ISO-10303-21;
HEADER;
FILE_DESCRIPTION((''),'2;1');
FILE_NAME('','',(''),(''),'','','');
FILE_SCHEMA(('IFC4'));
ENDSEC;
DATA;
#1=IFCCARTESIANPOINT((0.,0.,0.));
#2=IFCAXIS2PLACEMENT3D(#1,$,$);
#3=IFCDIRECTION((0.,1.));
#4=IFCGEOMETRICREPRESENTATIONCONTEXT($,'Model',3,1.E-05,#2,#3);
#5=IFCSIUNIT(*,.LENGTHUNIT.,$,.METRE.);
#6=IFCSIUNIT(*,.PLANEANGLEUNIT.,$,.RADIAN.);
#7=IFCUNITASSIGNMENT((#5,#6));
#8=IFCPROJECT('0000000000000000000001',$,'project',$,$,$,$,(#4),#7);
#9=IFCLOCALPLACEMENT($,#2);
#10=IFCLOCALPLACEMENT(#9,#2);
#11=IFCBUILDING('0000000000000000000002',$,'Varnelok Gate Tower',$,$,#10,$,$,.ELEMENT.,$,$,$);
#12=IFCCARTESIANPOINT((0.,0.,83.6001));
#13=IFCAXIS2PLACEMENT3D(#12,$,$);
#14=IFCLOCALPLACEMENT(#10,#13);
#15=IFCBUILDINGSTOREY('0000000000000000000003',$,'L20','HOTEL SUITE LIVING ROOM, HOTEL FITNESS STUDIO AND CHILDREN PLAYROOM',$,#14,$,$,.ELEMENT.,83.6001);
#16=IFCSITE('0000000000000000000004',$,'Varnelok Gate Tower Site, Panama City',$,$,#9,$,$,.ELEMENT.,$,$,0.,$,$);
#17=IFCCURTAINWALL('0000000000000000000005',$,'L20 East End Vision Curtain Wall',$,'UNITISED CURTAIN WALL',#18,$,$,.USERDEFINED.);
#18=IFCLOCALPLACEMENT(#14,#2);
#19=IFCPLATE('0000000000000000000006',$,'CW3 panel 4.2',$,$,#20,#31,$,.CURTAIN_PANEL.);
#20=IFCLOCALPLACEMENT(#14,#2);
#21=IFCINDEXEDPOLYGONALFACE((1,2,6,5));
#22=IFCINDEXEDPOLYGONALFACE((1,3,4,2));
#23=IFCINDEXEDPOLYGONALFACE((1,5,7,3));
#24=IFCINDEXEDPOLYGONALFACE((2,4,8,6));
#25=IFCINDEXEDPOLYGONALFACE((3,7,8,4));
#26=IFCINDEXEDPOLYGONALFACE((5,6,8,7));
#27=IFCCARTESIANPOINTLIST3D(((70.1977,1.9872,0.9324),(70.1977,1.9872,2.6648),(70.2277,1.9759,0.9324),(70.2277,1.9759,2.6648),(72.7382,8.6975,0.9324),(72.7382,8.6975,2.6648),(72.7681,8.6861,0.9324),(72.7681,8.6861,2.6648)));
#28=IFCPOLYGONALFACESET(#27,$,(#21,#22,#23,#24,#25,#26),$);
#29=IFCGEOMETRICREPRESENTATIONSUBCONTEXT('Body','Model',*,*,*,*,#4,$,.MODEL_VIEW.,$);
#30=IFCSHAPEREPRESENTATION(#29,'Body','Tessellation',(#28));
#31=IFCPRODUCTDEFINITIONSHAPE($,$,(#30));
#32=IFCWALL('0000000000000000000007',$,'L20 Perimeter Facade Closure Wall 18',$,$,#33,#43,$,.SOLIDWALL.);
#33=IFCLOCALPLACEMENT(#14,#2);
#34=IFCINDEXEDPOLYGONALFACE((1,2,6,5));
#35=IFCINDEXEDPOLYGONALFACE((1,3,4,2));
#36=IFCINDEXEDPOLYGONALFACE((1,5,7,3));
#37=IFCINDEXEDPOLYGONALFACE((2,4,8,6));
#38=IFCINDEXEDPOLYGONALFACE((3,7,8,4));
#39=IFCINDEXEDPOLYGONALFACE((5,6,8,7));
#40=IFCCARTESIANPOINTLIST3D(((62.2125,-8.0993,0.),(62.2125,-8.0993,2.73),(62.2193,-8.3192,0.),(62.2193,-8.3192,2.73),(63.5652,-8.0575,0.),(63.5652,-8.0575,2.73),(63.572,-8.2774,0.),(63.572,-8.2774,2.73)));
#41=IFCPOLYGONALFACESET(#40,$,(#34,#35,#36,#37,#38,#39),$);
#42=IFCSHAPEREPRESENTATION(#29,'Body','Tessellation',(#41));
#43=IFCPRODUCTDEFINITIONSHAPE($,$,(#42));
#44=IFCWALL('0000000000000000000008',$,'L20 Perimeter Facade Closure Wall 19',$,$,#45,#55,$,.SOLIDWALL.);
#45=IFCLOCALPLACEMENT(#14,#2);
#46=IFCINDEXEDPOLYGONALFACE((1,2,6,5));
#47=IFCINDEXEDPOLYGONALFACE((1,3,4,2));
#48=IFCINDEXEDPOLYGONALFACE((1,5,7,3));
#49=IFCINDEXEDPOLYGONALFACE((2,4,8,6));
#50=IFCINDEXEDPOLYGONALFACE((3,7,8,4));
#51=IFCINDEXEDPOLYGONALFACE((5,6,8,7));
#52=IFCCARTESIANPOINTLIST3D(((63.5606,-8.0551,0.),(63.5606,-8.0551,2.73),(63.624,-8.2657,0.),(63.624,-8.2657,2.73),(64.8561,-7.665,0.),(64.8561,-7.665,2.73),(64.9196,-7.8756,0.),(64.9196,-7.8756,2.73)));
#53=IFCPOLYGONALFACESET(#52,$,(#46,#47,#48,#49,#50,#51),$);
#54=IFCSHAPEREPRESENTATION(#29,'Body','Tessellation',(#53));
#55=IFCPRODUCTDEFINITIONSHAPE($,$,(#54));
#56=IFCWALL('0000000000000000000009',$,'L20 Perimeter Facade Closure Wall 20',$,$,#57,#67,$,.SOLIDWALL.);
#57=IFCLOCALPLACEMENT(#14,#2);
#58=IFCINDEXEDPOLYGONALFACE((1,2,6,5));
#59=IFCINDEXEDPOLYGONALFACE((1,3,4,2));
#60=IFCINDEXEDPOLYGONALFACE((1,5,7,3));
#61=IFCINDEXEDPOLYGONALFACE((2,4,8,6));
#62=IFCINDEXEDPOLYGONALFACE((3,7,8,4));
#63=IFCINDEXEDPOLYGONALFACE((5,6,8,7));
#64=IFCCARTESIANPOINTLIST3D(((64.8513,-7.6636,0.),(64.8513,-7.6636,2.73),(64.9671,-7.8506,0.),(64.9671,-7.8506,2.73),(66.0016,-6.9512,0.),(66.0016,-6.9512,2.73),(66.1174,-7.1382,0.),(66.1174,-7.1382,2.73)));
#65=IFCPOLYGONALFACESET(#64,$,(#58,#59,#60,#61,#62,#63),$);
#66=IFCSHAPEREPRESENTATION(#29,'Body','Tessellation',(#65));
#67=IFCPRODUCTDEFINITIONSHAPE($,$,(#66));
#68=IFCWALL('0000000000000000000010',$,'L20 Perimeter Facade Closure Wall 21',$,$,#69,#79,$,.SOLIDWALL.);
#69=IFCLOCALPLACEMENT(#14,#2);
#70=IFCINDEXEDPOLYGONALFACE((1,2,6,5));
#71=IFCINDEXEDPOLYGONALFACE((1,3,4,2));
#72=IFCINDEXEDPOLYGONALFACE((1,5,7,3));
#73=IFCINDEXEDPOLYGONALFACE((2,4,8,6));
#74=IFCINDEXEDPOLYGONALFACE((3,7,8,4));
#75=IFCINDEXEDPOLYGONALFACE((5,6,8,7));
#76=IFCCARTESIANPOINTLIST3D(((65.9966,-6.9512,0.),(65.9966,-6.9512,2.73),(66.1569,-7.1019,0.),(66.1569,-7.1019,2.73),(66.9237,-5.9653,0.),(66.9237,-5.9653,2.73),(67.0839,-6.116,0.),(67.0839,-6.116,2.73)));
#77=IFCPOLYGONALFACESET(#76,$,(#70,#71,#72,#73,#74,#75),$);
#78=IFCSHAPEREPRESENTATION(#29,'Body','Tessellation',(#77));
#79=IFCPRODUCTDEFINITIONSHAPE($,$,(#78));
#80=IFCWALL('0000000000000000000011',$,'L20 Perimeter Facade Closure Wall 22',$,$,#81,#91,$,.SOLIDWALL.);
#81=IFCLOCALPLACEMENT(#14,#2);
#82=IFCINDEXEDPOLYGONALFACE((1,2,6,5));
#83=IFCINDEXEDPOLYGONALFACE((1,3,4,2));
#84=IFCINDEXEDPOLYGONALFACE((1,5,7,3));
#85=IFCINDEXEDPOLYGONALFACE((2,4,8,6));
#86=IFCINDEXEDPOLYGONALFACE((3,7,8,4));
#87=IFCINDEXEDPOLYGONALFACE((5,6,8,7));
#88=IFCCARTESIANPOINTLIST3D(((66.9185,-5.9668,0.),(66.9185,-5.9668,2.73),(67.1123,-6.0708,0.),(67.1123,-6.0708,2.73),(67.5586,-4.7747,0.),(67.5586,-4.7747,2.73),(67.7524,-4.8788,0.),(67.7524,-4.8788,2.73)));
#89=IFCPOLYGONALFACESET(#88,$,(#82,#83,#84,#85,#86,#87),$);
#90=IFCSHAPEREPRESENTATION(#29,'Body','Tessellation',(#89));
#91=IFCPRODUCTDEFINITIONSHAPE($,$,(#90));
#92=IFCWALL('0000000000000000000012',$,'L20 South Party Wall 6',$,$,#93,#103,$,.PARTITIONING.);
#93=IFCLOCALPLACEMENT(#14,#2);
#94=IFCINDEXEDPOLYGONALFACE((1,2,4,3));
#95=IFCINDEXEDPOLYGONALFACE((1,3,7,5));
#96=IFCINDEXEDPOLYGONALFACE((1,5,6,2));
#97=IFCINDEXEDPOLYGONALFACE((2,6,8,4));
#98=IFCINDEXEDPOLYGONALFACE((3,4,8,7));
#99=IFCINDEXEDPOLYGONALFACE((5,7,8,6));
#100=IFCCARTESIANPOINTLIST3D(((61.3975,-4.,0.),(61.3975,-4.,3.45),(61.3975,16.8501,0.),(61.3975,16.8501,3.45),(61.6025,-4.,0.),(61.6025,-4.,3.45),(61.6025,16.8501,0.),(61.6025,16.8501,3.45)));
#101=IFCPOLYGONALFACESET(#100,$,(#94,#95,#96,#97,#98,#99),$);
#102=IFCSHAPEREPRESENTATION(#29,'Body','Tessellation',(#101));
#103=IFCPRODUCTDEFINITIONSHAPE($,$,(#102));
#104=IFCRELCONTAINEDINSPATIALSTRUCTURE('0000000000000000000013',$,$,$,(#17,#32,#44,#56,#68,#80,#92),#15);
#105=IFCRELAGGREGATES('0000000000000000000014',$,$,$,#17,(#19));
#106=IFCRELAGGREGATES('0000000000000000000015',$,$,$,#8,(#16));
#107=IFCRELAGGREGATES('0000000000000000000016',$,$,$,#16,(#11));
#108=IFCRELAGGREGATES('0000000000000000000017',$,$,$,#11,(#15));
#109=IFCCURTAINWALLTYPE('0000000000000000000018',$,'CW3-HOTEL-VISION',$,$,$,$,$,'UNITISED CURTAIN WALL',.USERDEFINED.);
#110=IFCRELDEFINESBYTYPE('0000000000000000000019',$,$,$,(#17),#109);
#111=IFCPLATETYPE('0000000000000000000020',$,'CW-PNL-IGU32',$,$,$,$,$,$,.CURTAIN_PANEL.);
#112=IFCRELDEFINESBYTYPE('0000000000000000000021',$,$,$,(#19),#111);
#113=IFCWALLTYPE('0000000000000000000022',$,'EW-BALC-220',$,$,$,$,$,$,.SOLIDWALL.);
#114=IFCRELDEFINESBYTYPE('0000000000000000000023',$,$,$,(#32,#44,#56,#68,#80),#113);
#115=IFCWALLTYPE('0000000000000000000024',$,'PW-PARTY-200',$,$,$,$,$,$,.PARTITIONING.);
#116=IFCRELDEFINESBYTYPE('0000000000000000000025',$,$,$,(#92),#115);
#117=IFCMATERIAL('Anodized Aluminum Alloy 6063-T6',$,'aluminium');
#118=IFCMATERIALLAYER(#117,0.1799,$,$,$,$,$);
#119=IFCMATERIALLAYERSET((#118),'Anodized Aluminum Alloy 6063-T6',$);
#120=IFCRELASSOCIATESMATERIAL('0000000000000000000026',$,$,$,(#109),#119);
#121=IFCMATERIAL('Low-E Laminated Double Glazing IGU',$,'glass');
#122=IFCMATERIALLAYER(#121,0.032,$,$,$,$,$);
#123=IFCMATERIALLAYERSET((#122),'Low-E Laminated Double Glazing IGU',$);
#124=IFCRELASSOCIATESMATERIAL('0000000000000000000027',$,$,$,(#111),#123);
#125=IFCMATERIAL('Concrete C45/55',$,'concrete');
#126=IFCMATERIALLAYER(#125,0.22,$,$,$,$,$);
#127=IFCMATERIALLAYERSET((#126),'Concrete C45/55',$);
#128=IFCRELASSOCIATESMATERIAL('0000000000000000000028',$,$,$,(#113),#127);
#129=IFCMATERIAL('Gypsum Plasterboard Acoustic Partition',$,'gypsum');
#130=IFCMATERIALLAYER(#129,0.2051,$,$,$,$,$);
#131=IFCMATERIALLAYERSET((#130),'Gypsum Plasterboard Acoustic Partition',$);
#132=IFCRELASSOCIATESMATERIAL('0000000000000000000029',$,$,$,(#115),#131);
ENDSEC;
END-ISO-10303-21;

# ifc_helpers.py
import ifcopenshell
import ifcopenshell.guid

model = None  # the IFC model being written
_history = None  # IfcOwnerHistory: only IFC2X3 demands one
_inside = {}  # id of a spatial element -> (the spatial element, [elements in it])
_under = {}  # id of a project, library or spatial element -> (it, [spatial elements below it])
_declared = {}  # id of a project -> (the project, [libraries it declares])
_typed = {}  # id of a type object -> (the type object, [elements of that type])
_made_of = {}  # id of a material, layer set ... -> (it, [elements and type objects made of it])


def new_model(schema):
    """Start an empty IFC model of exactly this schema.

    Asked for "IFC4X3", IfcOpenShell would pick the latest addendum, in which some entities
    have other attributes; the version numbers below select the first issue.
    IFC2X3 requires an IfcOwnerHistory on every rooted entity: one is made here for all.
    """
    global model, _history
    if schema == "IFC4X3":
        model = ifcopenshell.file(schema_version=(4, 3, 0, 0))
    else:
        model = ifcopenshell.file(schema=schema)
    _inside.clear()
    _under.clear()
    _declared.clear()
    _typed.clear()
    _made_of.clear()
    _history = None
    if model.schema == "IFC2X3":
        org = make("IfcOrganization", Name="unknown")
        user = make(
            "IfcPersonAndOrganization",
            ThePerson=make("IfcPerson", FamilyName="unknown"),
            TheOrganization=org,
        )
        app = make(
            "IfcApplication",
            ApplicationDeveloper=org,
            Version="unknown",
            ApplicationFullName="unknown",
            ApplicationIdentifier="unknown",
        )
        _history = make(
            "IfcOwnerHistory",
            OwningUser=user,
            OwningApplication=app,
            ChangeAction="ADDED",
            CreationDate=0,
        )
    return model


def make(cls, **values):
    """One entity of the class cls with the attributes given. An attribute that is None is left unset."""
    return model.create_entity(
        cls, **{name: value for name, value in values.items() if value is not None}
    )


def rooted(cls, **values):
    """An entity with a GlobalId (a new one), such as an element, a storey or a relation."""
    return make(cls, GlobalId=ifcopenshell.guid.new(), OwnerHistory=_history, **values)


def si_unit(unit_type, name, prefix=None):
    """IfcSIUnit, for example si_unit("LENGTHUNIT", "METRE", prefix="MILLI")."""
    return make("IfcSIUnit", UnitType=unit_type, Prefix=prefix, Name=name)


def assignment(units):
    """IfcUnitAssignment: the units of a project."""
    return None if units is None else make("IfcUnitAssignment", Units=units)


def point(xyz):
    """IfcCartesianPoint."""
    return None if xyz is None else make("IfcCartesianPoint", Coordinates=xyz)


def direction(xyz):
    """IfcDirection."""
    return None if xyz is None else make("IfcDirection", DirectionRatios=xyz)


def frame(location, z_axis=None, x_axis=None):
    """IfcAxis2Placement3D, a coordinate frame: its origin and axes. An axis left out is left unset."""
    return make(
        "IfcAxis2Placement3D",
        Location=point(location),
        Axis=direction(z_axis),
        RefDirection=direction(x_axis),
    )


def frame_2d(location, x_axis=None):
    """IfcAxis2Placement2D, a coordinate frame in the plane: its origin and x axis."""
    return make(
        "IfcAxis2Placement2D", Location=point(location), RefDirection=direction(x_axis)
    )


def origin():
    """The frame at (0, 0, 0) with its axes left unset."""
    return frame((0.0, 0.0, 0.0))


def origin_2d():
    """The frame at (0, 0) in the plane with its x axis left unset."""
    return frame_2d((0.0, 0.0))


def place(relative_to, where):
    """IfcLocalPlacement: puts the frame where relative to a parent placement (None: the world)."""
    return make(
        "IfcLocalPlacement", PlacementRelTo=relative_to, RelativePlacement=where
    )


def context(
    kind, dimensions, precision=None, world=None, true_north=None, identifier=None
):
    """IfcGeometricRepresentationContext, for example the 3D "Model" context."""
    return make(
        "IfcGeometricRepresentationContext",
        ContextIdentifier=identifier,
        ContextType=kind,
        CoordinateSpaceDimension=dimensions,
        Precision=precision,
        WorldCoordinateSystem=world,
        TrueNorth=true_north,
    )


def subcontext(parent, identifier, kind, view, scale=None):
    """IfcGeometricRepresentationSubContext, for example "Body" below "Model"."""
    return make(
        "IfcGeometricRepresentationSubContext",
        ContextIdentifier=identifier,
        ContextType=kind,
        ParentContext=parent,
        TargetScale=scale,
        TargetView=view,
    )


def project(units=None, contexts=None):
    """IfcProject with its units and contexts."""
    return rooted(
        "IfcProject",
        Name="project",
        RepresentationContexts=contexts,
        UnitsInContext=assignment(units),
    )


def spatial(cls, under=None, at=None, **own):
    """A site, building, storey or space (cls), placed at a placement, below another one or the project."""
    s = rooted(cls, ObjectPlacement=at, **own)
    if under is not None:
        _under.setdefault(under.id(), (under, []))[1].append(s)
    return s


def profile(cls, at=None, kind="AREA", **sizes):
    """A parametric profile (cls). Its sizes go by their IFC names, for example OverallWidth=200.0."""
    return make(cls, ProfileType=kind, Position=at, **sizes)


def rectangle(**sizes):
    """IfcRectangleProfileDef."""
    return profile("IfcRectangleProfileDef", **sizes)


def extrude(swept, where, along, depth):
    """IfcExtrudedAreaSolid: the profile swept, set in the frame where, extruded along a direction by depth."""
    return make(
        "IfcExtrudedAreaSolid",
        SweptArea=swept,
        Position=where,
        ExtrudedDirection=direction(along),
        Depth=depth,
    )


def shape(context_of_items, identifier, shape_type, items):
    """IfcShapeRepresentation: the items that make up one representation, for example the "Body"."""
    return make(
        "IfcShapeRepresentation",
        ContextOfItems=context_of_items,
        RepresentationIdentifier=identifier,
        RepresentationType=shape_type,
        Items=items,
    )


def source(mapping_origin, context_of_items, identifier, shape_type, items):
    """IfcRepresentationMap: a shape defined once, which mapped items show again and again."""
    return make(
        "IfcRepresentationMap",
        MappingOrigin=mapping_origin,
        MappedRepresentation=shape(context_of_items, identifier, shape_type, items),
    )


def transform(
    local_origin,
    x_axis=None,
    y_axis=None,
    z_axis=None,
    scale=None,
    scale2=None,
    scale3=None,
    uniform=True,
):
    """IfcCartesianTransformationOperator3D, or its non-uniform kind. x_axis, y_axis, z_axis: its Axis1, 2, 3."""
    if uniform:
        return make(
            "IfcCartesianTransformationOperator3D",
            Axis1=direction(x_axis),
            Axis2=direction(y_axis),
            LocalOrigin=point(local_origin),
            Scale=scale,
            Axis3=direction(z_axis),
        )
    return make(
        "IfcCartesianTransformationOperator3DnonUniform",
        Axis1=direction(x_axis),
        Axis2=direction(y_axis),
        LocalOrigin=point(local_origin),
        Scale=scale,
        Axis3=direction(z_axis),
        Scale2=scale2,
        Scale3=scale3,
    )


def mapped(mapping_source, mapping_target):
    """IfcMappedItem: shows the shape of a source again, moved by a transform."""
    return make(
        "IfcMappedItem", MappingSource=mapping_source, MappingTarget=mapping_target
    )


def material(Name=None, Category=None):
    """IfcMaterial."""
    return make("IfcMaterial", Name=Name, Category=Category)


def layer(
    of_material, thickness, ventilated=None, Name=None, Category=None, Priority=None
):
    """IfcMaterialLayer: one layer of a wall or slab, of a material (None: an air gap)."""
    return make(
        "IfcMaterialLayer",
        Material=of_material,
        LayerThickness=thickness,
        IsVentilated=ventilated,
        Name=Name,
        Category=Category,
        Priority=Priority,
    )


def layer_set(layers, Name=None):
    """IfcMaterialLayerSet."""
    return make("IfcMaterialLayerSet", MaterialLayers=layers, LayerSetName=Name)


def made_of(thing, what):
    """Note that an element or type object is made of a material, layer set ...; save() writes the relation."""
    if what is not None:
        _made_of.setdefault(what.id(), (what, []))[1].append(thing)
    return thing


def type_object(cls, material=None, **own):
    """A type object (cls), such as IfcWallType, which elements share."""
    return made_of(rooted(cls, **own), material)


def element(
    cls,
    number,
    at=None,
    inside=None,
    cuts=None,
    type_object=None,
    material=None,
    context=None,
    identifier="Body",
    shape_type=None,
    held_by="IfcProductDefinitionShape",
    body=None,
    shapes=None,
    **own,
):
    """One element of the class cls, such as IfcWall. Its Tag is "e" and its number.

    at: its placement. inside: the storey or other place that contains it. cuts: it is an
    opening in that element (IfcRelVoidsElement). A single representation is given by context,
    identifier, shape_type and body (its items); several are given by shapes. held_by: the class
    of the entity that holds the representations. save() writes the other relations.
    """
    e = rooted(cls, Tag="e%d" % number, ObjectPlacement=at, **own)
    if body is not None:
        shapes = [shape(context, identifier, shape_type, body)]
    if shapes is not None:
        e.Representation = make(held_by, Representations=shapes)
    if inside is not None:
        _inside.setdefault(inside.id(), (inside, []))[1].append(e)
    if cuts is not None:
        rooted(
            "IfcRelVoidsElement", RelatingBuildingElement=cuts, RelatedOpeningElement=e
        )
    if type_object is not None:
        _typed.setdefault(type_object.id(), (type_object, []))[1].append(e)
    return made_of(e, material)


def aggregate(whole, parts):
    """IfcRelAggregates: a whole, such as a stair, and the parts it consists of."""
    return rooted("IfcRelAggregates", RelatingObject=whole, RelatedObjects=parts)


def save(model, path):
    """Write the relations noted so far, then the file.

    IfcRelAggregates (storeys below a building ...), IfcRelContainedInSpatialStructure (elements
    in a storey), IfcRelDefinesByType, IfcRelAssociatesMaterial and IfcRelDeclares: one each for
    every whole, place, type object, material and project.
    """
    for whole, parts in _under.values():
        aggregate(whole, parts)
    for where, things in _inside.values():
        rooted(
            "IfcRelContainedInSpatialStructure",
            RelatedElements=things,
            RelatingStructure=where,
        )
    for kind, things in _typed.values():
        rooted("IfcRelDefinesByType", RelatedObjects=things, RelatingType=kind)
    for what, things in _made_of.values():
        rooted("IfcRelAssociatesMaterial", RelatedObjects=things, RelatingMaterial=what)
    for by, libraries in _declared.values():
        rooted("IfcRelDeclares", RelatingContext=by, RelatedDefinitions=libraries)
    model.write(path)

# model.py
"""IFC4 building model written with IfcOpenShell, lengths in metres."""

from ifc_helpers import new_model, si_unit, direction, frame, frame_2d, origin, origin_2d, place, context, subcontext, project, spatial, rectangle, extrude, source, transform, mapped, material, layer, layer_set, type_object, element, aggregate, save


model = new_model("IFC4")

# Units and contexts
model_context = context("Model", 3, precision=1e-05, world=origin(), true_north=direction((0.0, 1.0)))
body_context = subcontext(model_context, "Body", "Model", "MODEL_VIEW")
ifc_project = project(units=[si_unit("LENGTHUNIT", "METRE"), si_unit("PLANEANGLEUNIT", "RADIAN")], contexts=[model_context])

# Site, building, storey
site_placement = place(None, origin())
site = spatial("IfcSite", under=ifc_project, at=site_placement, Name="Varnelok Gate Tower Site, Panama City", CompositionType="ELEMENT", RefElevation=0.0)
building_placement = place(site_placement, origin())
building = spatial("IfcBuilding", under=site, at=building_placement, Name="Varnelok Gate Tower", CompositionType="ELEMENT")
storey_placement = place(building_placement, frame((0.0, 0.0, 83.6001)))
storey = spatial("IfcBuildingStorey", under=building, at=storey_placement, Name="L20", Description="HOTEL SUITE LIVING ROOM, HOTEL FITNESS STUDIO AND CHILDREN PLAYROOM", CompositionType="ELEMENT", Elevation=83.6001)

# Curtain wall, plate
ifc_material_1 = material(Name="Anodized Aluminum Alloy 6063-T6", Category="aluminium")
ifc_layer_1 = layer(ifc_material_1, 0.1799)
ifc_layer_set_1 = layer_set([ifc_layer_1], Name="Anodized Aluminum Alloy 6063-T6")
curtain_wall_type = type_object("IfcCurtainWallType", Name="CW3-HOTEL-VISION", ElementType="UNITISED CURTAIN WALL", PredefinedType="USERDEFINED", material=ifc_layer_set_1)
curtain_wall_placement = place(storey_placement, origin())
curtain_wall = element("IfcCurtainWall", 1, at=curtain_wall_placement, inside=storey, type_object=curtain_wall_type, Name="L20 East End Vision Curtain Wall", ObjectType="UNITISED CURTAIN WALL", PredefinedType="USERDEFINED")
ifc_material_2 = material(Name="Low-E Laminated Double Glazing IGU", Category="glass")
ifc_layer_2 = layer(ifc_material_2, 0.032)
ifc_layer_set_2 = layer_set([ifc_layer_2], Name="Low-E Laminated Double Glazing IGU")
plate_type = type_object("IfcPlateType", Name="CW-PNL-IGU32", PredefinedType="CURTAIN_PANEL", material=ifc_layer_set_2)
shared_shape_1 = source(origin(), body_context, "Body", "SweptSolid", [
    extrude(rectangle(XDim=7.175, YDim=0.032, at=origin_2d()), origin(), (0.0, 0.0, 1.0), 1.7324),
])
plate_1_placement = place(storey_placement, frame((71.4829, 5.3367, 0.9324), z_axis=(0.0, 0.0, 1.0), x_axis=(-0.354064, -0.935221, 0.0)))
plate_1 = element("IfcPlate", 2, at=plate_1_placement, type_object=plate_type, Name="CW3 panel 4.2", PredefinedType="CURTAIN_PANEL", context=body_context, shape_type="MappedRepresentation", body=[
    mapped(shared_shape_1, transform((0.0, 0.0, 0.0), scale=1.0)),
])
aggregate(curtain_wall, [plate_1])

# Walls
ifc_material_3 = material(Name="Concrete C45/55", Category="concrete")
ifc_layer_3 = layer(ifc_material_3, 0.22)
ifc_layer_set_3 = layer_set([ifc_layer_3], Name="Concrete C45/55")
wall_type_1 = type_object("IfcWallType", Name="EW-BALC-220", PredefinedType="SOLIDWALL", material=ifc_layer_set_3)
wall_1_placement = place(storey_placement, frame((62.2158, -8.2092, 0.0), z_axis=(0.0, 0.0, 1.0), x_axis=(0.999524, 0.030852, 0.0)))
element("IfcWall", 3, at=wall_1_placement, inside=storey, type_object=wall_type_1, Name="L20 Perimeter Facade Closure Wall 18", PredefinedType="SOLIDWALL", context=body_context, shape_type="SweptSolid", body=[
    extrude(rectangle(XDim=1.3533, YDim=0.22, at=frame_2d((0.6768, 0.0))), origin(), (0.0, 0.0, 1.0), 2.73),
])
for number, where, z_axis, x_axis, name in (
    (4, (63.5923, -8.1604, 0.0), (0.0, 0.0, 1.0), (0.957533, 0.288324, 0.0), "L20 Perimeter Facade Closure Wall 19"),
    (5, (64.9092, -7.7571, 0.0), (0.0, 0.0, 1.0), (0.850181, 0.526491, 0.0), "L20 Perimeter Facade Closure Wall 20"),
):
    element("IfcWall", number, at=place(storey_placement, frame(where, z_axis=z_axis, x_axis=x_axis)), inside=storey, type_object=wall_type_1, Name=name, PredefinedType="SOLIDWALL", context=body_context, shape_type="SweptSolid", body=[
        extrude(rectangle(XDim=1.353, YDim=0.22, at=frame_2d((0.6765, 0.0))), origin(), (0.0, 0.0, 1.0), 2.73),
    ])
wall_2_placement = place(storey_placement, frame((66.0767, -7.0266, 0.0), z_axis=(0.0, 0.0, 1.0), x_axis=(0.685033, 0.728512, 0.0)))
element("IfcWall", 6, at=wall_2_placement, inside=storey, type_object=wall_type_1, Name="L20 Perimeter Facade Closure Wall 21", PredefinedType="SOLIDWALL", context=body_context, shape_type="SweptSolid", body=[
    extrude(rectangle(XDim=1.3533, YDim=0.22, at=frame_2d((0.6768, 0.0))), origin(), (0.0, 0.0, 1.0), 2.73),
])
wall_3_placement = place(storey_placement, frame((67.0154, -6.0188, 0.0), z_axis=(0.0, 0.0, 1.0), x_axis=(0.473077, 0.881021, 0.0)))
element("IfcWall", 7, at=wall_3_placement, inside=storey, type_object=wall_type_1, Name="L20 Perimeter Facade Closure Wall 22", PredefinedType="SOLIDWALL", context=body_context, shape_type="SweptSolid", body=[
    extrude(rectangle(XDim=1.353, YDim=0.22, at=frame_2d((0.6765, 0.0))), origin(), (0.0, 0.0, 1.0), 2.73),
])
ifc_material_4 = material(Name="Gypsum Plasterboard Acoustic Partition", Category="gypsum")
ifc_layer_4 = layer(ifc_material_4, 0.2051)
ifc_layer_set_4 = layer_set([ifc_layer_4], Name="Gypsum Plasterboard Acoustic Partition")
wall_type_2 = type_object("IfcWallType", Name="PW-PARTY-200", PredefinedType="PARTITIONING", material=ifc_layer_set_4)
wall_4_placement = place(storey_placement, frame((61.5, -4.0, 0.0), z_axis=(0.0, 0.0, 1.0), x_axis=(0.0, 1.0, 0.0)))
element("IfcWall", 8, at=wall_4_placement, inside=storey, type_object=wall_type_2, Name="L20 South Party Wall 6", PredefinedType="PARTITIONING", context=body_context, shape_type="SweptSolid", body=[
    extrude(rectangle(XDim=20.8501, YDim=0.2051, at=frame_2d((10.425, 0.0))), origin(), (0.0, 0.0, 1.0), 3.45),
])

save(model, "model.ifc")
